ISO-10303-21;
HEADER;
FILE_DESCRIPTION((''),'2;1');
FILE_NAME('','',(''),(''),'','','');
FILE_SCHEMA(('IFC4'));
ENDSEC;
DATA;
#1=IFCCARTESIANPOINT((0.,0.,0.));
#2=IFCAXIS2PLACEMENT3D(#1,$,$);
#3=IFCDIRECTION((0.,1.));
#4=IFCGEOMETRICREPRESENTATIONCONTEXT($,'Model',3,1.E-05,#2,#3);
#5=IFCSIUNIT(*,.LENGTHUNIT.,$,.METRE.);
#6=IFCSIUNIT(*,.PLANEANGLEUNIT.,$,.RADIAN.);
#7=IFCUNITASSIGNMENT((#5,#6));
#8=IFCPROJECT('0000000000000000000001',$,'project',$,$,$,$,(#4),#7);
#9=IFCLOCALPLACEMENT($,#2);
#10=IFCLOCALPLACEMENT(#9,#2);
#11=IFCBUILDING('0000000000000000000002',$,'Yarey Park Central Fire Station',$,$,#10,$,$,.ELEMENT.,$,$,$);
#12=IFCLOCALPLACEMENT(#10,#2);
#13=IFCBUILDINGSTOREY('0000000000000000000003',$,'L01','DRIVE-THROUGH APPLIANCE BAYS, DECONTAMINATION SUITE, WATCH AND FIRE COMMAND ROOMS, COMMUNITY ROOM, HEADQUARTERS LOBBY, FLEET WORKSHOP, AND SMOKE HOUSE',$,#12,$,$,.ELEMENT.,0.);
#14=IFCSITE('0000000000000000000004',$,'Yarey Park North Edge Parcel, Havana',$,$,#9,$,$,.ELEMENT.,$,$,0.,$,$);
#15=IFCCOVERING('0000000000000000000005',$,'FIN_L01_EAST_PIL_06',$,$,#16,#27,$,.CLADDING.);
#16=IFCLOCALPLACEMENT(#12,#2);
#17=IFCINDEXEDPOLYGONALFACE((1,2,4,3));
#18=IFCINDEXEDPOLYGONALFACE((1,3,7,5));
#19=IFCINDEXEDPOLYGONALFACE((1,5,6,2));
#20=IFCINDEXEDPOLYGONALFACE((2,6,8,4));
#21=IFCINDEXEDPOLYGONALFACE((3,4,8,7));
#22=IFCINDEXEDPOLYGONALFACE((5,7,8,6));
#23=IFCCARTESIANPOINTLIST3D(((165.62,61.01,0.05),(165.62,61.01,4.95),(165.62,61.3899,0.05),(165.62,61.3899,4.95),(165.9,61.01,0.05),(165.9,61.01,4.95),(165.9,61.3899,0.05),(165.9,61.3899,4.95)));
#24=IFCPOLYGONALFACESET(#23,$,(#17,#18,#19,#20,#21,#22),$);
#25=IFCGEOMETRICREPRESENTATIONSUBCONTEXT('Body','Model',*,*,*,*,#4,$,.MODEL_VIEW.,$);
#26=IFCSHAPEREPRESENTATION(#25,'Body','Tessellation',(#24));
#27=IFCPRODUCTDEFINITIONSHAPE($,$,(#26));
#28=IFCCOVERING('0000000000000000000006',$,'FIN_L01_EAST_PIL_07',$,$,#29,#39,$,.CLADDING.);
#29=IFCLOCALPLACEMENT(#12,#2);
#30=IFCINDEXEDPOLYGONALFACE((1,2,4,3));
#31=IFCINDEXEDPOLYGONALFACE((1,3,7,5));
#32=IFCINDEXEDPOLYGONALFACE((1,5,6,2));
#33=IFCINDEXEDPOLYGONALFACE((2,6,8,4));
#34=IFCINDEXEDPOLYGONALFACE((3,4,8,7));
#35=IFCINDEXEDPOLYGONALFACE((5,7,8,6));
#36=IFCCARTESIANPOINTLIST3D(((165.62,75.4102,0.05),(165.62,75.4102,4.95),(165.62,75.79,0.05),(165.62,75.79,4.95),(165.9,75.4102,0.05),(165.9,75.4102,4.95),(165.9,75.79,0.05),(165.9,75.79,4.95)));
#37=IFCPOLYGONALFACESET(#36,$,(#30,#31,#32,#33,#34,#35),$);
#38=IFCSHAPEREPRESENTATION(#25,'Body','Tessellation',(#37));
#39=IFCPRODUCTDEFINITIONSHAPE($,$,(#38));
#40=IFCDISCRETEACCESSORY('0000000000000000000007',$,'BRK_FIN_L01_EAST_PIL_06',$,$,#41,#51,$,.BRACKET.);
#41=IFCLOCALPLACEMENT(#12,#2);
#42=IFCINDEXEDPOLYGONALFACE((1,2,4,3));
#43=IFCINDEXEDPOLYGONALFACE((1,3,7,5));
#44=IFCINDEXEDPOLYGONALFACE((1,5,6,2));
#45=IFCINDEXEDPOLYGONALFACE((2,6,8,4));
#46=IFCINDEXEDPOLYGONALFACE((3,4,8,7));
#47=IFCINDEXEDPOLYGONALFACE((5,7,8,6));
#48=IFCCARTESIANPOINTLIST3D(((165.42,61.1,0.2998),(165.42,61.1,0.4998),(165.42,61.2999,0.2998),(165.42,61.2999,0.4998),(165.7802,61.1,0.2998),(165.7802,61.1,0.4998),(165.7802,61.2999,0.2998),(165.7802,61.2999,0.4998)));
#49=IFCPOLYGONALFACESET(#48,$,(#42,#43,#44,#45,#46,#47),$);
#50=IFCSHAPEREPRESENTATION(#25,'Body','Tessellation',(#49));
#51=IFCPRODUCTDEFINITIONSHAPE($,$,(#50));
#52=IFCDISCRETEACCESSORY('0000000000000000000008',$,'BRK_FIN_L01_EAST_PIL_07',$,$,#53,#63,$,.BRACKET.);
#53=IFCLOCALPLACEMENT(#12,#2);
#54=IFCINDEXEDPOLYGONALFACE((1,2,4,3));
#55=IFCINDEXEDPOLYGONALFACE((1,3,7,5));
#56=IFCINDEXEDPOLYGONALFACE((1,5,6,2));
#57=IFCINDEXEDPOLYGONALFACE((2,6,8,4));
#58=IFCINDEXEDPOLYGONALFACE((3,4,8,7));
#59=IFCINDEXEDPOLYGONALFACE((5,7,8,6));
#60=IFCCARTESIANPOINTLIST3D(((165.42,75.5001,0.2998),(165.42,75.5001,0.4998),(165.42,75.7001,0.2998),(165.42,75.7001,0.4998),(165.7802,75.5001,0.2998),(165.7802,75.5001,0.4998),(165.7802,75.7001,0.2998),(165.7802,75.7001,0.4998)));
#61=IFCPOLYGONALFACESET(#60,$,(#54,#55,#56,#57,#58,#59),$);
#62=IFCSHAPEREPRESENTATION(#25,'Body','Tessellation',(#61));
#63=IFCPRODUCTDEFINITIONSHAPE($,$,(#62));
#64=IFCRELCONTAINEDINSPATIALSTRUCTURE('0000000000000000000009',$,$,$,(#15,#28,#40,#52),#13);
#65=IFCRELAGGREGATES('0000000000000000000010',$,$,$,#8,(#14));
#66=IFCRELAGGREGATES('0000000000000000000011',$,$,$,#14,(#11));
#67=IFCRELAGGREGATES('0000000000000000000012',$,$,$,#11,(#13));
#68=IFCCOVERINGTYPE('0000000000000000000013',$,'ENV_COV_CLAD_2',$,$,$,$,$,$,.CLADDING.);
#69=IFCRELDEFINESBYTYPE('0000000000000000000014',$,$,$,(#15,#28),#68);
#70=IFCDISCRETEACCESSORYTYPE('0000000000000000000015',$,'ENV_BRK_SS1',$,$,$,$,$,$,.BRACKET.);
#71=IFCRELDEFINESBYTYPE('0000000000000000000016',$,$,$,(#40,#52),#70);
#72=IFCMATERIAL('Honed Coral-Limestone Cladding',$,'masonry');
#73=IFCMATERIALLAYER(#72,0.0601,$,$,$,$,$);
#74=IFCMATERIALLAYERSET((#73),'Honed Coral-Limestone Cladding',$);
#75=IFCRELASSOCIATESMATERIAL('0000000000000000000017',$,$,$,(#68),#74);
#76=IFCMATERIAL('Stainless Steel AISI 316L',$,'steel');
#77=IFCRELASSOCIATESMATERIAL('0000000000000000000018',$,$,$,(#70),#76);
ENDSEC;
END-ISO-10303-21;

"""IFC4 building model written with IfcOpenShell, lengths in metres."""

from ifc_helpers import new_model, si_unit, direction, frame, origin, origin_2d, place, context, subcontext, project, spatial, rectangle, extrude, material, layer, layer_set, type_object, element, save


model = new_model("IFC4")

# Units and contexts
model_context = context("Model", 3, precision=1e-05, world=origin(), true_north=direction((0.0, 1.0)))
body_context = subcontext(model_context, "Body", "Model", "MODEL_VIEW")
ifc_project = project(units=[si_unit("LENGTHUNIT", "METRE"), si_unit("PLANEANGLEUNIT", "RADIAN")], contexts=[model_context])

# Site, building, storey
site_placement = place(None, origin())
site = spatial("IfcSite", under=ifc_project, at=site_placement, Name="Yarey Park North Edge Parcel, Havana", CompositionType="ELEMENT", RefElevation=0.0)
building_placement = place(site_placement, origin())
building = spatial("IfcBuilding", under=site, at=building_placement, Name="Yarey Park Central Fire Station", CompositionType="ELEMENT")
storey_placement = place(building_placement, origin())
storey = spatial("IfcBuildingStorey", under=building, at=storey_placement, Name="L01", Description="DRIVE-THROUGH APPLIANCE BAYS, DECONTAMINATION SUITE, WATCH AND FIRE COMMAND ROOMS, COMMUNITY ROOM, HEADQUARTERS LOBBY, FLEET WORKSHOP, AND SMOKE HOUSE", CompositionType="ELEMENT", Elevation=0.0)

# Coverings
ifc_material_1 = material(Name="Honed Coral-Limestone Cladding", Category="masonry")
ifc_layer_1 = layer(ifc_material_1, 0.0601)
ifc_layer_set_1 = layer_set([ifc_layer_1], Name="Honed Coral-Limestone Cladding")
covering_type = type_object("IfcCoveringType", Name="ENV_COV_CLAD_2", PredefinedType="CLADDING", material=ifc_layer_set_1)
for number, where, z_axis, x_axis, name in (
    (1, (165.76, 61.2, 0.05), (0.0, 0.0, 1.0), (0.0, 1.0, 0.0), "FIN_L01_EAST_PIL_06"),
    (2, (165.76, 75.6001, 0.05), (0.0, 0.0, 1.0), (0.0, 1.0, 0.0), "FIN_L01_EAST_PIL_07"),
):
    element("IfcCovering", number, at=place(storey_placement, frame(where, z_axis=z_axis, x_axis=x_axis)), inside=storey, type_object=covering_type, Name=name, PredefinedType="CLADDING", context=body_context, shape_type="SweptSolid", body=[
        extrude(rectangle(XDim=0.3799, YDim=0.28, at=origin_2d()), origin(), (0.0, 0.0, 1.0), 4.8999),
    ])

# Discrete accessories
ifc_material_2 = material(Name="Stainless Steel AISI 316L", Category="steel")
discrete_accessory_type = type_object("IfcDiscreteAccessoryType", Name="ENV_BRK_SS1", PredefinedType="BRACKET", material=ifc_material_2)
for number, where, z_axis, x_axis, name in (
    (3, (165.6001, 61.2, 0.2998), (0.0, 0.0, 1.0), (1.0, 0.0, 0.0), "BRK_FIN_L01_EAST_PIL_06"),
    (4, (165.6001, 75.6001, 0.2998), (0.0, 0.0, 1.0), (1.0, 0.0, 0.0), "BRK_FIN_L01_EAST_PIL_07"),
):
    element("IfcDiscreteAccessory", number, at=place(storey_placement, frame(where, z_axis=z_axis, x_axis=x_axis)), inside=storey, type_object=discrete_accessory_type, Name=name, PredefinedType="BRACKET", context=body_context, shape_type="SweptSolid", body=[
        extrude(rectangle(XDim=0.3601, YDim=0.2, at=origin_2d()), origin(), (0.0, 0.0, 1.0), 0.2),
    ])

save(model, "model.ifc")
